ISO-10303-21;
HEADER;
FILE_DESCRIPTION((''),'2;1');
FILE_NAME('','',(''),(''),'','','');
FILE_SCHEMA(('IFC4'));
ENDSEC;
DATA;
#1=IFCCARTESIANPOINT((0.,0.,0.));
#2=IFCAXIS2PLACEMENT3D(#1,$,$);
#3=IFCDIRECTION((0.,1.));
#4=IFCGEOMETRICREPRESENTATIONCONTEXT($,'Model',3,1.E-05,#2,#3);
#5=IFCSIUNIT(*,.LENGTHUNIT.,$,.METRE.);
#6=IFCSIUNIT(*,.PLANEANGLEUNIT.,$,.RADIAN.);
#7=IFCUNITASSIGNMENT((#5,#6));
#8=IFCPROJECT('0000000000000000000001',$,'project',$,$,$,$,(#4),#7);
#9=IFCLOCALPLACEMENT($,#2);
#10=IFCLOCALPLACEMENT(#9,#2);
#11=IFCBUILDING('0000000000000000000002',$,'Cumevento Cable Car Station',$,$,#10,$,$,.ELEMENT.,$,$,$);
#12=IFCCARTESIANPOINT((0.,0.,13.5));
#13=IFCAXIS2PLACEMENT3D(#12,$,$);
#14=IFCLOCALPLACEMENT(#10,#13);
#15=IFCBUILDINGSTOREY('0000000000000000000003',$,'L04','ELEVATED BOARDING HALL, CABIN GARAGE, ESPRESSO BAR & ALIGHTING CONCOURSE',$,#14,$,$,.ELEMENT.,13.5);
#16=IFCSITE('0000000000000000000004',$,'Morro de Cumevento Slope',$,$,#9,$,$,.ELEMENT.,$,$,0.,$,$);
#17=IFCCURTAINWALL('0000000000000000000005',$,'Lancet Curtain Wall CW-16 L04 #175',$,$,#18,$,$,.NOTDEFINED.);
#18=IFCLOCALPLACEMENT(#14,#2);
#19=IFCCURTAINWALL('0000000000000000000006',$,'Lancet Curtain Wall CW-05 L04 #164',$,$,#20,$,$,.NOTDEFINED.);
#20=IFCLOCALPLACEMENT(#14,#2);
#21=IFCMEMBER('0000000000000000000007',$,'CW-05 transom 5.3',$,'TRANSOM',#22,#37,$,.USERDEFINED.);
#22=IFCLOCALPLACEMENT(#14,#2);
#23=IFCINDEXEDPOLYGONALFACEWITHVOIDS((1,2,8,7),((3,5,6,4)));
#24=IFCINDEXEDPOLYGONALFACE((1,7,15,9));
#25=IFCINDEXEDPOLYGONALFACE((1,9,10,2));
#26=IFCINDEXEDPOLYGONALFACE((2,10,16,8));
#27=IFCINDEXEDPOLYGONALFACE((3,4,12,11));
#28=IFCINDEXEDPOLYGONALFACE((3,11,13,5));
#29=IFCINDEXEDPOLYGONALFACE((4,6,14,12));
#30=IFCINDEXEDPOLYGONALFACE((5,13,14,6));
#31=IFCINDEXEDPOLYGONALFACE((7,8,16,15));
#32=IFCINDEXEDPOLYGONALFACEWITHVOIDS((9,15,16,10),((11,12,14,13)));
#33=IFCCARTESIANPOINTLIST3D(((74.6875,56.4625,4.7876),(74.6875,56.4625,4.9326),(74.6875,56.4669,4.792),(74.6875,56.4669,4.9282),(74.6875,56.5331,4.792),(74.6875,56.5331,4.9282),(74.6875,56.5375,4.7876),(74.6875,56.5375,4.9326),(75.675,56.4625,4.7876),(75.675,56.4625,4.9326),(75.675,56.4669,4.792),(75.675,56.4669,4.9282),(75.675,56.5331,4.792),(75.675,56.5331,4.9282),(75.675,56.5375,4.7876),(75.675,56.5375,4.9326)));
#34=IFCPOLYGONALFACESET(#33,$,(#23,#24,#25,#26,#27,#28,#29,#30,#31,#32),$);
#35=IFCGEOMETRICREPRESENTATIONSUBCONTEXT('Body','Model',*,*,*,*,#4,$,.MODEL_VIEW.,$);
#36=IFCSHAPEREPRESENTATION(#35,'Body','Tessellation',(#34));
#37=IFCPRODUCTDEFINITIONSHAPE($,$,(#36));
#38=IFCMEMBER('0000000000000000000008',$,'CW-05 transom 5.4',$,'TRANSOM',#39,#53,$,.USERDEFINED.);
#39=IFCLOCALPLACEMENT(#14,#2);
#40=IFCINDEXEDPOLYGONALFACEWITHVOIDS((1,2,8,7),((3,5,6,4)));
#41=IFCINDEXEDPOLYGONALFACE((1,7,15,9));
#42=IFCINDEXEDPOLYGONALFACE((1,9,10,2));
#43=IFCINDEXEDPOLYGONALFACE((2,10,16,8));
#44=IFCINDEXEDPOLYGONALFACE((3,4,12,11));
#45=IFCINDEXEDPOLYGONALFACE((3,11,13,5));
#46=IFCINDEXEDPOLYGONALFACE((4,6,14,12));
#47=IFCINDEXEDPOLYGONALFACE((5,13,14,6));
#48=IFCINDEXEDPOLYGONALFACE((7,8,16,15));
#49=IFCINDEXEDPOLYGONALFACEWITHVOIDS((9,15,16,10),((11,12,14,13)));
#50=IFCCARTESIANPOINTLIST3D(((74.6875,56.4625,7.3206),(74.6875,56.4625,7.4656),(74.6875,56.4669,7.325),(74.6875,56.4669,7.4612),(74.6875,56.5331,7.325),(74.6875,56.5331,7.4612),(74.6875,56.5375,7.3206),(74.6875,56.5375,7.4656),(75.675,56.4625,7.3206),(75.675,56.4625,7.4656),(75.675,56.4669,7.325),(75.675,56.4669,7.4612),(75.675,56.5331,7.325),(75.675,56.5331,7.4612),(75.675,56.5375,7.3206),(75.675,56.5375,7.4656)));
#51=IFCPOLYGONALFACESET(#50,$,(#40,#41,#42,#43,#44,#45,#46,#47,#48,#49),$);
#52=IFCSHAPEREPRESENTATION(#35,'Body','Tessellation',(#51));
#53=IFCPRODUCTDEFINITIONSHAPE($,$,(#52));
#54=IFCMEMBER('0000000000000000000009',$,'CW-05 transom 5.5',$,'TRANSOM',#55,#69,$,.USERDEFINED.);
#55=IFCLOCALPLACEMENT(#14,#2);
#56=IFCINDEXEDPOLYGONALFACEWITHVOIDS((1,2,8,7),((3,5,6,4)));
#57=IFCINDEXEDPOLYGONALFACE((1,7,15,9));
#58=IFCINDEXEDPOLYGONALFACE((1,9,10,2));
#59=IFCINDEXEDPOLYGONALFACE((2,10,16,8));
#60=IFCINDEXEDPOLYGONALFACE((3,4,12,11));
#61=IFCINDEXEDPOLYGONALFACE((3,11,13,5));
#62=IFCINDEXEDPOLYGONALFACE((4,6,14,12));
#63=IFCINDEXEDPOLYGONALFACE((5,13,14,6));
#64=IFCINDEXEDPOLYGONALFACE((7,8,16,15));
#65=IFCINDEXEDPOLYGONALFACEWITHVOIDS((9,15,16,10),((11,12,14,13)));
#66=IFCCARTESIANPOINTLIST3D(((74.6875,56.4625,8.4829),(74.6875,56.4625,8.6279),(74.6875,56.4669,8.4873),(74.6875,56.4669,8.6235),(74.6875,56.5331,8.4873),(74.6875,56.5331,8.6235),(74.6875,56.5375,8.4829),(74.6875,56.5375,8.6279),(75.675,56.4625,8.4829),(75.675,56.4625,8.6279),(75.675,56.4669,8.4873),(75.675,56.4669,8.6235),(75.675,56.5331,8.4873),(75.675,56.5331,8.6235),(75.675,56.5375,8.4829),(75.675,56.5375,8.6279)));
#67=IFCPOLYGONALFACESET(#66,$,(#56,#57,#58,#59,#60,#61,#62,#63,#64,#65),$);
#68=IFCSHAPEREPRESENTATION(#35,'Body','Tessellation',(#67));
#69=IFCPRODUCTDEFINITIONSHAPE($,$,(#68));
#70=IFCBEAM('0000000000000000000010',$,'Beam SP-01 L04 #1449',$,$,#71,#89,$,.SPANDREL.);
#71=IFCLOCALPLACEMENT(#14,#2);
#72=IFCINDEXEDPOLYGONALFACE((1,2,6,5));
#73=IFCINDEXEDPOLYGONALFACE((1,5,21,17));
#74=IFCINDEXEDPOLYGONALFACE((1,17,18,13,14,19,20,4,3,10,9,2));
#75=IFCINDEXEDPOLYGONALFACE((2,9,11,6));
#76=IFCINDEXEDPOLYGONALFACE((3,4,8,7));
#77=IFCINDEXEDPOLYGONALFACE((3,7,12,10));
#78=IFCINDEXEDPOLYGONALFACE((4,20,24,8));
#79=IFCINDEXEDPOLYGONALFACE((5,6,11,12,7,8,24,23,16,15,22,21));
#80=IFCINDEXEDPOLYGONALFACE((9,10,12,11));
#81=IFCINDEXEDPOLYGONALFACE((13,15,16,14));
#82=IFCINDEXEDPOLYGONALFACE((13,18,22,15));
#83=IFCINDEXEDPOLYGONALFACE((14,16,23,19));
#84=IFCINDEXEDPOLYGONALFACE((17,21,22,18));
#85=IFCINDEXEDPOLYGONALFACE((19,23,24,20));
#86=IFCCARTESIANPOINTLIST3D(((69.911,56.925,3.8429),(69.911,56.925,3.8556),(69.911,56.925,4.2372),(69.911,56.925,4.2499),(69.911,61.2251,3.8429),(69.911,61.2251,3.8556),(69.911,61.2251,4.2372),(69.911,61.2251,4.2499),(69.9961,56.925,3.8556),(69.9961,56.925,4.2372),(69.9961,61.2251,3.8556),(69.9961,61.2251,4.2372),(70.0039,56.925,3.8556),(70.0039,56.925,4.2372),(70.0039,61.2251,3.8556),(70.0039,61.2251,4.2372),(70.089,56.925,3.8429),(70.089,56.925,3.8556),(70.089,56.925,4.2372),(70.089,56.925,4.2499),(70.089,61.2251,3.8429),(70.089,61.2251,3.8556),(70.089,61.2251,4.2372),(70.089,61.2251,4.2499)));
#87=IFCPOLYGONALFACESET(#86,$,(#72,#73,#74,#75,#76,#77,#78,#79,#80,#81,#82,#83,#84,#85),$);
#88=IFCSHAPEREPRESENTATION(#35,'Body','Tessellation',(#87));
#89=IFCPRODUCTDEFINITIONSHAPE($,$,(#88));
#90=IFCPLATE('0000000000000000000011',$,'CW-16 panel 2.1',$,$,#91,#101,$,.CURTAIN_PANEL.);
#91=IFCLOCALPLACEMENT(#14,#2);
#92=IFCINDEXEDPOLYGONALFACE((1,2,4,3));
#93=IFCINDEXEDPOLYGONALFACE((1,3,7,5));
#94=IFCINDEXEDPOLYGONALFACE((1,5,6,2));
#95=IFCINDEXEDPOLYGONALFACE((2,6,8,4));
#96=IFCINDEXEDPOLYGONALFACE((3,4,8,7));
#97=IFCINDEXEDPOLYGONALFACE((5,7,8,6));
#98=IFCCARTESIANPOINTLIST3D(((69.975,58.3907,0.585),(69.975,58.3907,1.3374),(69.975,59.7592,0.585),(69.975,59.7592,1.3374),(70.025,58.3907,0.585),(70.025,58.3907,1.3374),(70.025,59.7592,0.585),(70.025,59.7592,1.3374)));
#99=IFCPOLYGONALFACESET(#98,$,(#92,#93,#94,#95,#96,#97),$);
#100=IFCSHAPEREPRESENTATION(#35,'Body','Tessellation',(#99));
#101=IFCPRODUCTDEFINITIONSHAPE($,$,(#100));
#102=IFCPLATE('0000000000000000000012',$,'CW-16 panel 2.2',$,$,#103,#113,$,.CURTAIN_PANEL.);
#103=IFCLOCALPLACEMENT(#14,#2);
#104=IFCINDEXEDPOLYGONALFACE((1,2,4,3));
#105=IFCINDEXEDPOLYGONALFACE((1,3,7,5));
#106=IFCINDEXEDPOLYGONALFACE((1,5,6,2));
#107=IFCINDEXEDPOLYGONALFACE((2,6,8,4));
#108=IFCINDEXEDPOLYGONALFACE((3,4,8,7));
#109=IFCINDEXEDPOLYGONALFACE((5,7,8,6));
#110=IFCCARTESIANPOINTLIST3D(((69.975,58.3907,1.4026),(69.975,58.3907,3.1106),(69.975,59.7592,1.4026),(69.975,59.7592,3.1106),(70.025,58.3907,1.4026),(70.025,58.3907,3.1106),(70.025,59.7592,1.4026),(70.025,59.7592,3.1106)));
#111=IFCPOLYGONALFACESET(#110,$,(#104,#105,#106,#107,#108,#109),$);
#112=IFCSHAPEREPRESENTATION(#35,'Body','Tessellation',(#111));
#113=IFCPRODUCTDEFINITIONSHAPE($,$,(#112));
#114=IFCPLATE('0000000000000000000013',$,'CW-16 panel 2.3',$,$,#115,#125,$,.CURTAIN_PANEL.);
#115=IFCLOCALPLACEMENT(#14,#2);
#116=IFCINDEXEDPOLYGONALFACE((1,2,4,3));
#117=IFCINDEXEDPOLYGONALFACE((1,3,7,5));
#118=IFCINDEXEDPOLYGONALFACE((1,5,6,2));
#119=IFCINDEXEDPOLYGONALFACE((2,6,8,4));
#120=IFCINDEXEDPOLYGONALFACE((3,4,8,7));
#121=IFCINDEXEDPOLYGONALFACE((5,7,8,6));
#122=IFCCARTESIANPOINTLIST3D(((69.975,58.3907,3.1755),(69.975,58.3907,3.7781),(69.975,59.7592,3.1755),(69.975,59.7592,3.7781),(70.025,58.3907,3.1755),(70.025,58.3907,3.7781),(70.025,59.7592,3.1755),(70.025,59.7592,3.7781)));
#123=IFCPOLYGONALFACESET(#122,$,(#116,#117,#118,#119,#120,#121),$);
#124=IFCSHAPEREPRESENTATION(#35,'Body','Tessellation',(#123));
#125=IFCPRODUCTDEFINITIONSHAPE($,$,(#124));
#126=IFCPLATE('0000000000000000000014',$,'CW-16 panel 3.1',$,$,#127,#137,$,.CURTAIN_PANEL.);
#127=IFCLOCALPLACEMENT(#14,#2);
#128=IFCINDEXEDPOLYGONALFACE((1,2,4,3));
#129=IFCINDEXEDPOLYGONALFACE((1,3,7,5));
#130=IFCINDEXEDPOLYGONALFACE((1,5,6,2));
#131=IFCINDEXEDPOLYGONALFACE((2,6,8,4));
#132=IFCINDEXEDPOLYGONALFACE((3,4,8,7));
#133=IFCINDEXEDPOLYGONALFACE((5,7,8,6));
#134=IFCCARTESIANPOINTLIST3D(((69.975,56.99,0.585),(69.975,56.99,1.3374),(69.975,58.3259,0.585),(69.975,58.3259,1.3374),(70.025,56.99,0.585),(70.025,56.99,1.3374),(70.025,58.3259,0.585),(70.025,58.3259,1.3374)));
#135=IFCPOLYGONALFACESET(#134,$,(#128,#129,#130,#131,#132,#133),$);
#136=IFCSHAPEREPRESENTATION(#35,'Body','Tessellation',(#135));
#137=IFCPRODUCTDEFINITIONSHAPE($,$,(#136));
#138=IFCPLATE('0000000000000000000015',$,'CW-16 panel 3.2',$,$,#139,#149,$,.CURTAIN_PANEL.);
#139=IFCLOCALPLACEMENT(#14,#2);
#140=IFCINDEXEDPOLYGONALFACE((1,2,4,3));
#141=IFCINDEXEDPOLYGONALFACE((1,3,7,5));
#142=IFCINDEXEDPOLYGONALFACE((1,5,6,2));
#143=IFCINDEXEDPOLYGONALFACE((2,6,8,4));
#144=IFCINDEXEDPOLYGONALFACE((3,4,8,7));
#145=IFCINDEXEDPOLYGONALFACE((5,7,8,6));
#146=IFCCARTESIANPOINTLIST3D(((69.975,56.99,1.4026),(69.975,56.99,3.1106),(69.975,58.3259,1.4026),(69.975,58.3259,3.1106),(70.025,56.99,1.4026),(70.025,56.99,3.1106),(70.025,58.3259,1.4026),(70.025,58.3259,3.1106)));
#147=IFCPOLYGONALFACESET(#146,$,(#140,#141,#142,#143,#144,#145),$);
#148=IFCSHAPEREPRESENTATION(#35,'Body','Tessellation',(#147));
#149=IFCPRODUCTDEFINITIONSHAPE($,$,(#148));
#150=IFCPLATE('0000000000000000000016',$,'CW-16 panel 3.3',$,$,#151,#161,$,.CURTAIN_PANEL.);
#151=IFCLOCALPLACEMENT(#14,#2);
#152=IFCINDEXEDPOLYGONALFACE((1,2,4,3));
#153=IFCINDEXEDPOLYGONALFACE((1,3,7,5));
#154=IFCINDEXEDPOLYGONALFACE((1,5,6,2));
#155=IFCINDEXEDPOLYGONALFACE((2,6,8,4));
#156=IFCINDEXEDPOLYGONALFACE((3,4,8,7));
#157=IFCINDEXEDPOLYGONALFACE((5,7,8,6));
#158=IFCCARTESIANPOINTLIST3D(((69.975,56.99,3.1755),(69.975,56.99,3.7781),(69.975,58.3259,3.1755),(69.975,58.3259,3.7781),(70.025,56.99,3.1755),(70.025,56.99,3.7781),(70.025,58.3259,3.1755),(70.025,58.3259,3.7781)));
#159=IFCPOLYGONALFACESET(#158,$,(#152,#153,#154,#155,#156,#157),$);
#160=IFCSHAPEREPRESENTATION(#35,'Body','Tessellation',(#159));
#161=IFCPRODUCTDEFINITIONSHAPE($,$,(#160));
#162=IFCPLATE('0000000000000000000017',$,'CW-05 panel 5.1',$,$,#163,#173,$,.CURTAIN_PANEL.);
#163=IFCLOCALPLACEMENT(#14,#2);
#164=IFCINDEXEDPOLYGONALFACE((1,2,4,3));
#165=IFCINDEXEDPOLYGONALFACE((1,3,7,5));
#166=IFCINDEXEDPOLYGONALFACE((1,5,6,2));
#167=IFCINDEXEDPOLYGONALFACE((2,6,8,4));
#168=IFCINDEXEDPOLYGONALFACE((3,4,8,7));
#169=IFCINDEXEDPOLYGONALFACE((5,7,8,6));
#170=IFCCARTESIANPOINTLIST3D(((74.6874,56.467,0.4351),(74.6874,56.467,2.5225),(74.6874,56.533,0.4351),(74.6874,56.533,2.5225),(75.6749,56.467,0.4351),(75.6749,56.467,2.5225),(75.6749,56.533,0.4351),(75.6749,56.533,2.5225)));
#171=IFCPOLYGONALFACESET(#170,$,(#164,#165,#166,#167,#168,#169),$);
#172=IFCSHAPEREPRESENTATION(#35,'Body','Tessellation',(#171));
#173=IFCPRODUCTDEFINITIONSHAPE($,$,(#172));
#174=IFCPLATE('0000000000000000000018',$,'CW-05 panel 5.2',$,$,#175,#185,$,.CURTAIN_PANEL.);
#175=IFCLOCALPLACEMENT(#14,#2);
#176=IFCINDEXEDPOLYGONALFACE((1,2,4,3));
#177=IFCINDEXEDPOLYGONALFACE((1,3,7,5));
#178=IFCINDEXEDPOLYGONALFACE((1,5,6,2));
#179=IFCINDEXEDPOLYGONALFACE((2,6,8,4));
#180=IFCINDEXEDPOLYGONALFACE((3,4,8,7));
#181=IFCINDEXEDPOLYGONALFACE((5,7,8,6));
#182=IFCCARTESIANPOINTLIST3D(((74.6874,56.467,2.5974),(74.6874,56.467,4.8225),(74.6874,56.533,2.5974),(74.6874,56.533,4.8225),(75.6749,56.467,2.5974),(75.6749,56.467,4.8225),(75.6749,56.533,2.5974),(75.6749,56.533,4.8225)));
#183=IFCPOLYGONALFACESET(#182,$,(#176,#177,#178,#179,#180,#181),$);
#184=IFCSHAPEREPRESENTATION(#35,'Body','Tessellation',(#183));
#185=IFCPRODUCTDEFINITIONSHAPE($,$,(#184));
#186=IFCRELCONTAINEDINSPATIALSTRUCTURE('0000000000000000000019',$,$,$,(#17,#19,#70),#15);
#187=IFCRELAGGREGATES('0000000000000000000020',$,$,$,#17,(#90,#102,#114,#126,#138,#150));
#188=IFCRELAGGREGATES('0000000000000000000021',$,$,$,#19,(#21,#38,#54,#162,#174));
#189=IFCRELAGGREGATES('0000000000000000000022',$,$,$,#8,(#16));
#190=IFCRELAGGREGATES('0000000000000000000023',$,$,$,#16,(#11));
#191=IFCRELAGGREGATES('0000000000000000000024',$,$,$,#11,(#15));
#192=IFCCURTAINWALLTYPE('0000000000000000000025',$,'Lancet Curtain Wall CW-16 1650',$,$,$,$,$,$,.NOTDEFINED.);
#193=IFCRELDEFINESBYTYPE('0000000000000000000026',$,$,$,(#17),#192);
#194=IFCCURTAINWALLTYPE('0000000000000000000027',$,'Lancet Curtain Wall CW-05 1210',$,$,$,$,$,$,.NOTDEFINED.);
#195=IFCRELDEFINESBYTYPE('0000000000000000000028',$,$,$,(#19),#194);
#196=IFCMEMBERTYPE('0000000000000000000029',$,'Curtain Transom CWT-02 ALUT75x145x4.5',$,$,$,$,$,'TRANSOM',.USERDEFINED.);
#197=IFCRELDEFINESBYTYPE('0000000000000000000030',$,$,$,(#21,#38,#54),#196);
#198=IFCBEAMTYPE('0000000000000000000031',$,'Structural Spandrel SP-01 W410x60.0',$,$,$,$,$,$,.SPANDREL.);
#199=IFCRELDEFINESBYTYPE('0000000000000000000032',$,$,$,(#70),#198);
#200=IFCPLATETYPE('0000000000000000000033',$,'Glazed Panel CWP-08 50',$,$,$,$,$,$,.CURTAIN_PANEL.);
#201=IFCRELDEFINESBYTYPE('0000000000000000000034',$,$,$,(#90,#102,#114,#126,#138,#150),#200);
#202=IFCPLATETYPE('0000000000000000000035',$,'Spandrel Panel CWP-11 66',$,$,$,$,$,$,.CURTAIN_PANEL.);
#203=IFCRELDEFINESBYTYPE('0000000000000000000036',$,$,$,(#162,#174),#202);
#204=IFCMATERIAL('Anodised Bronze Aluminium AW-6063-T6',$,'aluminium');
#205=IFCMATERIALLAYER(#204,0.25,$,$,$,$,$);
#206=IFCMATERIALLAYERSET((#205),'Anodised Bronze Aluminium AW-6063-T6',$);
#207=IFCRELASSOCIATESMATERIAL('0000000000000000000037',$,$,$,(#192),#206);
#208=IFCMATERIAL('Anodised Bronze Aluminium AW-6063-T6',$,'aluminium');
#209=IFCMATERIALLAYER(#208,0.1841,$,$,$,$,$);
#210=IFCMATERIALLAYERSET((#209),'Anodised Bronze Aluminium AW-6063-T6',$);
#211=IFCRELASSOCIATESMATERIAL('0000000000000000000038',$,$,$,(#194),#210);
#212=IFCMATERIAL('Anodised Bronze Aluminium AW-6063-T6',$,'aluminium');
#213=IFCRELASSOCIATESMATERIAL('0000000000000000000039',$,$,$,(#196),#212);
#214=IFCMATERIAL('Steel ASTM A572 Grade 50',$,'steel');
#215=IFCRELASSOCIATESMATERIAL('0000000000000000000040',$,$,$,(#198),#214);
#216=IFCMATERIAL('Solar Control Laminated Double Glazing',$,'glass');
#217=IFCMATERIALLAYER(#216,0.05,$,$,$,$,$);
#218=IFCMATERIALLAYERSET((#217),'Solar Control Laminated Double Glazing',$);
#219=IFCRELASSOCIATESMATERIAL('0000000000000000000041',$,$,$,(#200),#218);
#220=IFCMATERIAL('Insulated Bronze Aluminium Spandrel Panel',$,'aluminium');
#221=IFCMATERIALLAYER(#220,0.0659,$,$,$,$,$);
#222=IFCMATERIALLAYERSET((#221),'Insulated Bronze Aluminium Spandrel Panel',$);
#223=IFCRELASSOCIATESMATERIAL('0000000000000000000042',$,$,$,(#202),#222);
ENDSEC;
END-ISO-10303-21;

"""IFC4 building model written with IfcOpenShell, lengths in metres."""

from ifc_helpers import new_model, si_unit, direction, frame, origin, origin_2d, place, context, subcontext, project, spatial, rectangle, hollow_rectangle, i_section, extrude, material, layer, layer_set, material_profile, profile_set, type_object, element, aggregate, save


model = new_model("IFC4")

# Units and contexts
model_context = context("Model", 3, precision=1e-05, world=origin(), true_north=direction((0.0, 1.0)))
body_context = subcontext(model_context, "Body", "Model", "MODEL_VIEW")
ifc_project = project(units=[si_unit("LENGTHUNIT", "METRE"), si_unit("PLANEANGLEUNIT", "RADIAN")], contexts=[model_context])

# Site, building, storey
site_placement = place(None, origin())
site = spatial("IfcSite", under=ifc_project, at=site_placement, Name="Morro de Cumevento Slope", CompositionType="ELEMENT", RefElevation=0.0)
building_placement = place(site_placement, origin())
building = spatial("IfcBuilding", under=site, at=building_placement, Name="Cumevento Cable Car Station", CompositionType="ELEMENT")
storey_placement = place(building_placement, frame((0.0, 0.0, 13.5)))
storey = spatial("IfcBuildingStorey", under=building, at=storey_placement, Name="L04", Description="ELEVATED BOARDING HALL, CABIN GARAGE, ESPRESSO BAR & ALIGHTING CONCOURSE", CompositionType="ELEMENT", Elevation=13.5)

# Curtain wall
ifc_material_1 = material(Name="Anodised Bronze Aluminium AW-6063-T6", Category="aluminium")
ifc_layer_1 = layer(ifc_material_1, 0.25)
ifc_layer_set_1 = layer_set([ifc_layer_1], Name="Anodised Bronze Aluminium AW-6063-T6")
curtain_wall_type_1 = type_object("IfcCurtainWallType", Name="Lancet Curtain Wall CW-16 1650", PredefinedType="NOTDEFINED", material=ifc_layer_set_1)
curtain_wall_1_placement = place(storey_placement, origin())
curtain_wall_1 = element("IfcCurtainWall", 1, at=curtain_wall_1_placement, inside=storey, type_object=curtain_wall_type_1, Name="Lancet Curtain Wall CW-16 L04 #175", PredefinedType="NOTDEFINED")

# Curtain wall
ifc_material_2 = material(Name="Anodised Bronze Aluminium AW-6063-T6", Category="aluminium")
ifc_layer_2 = layer(ifc_material_2, 0.1841)
ifc_layer_set_2 = layer_set([ifc_layer_2], Name="Anodised Bronze Aluminium AW-6063-T6")
curtain_wall_type_2 = type_object("IfcCurtainWallType", Name="Lancet Curtain Wall CW-05 1210", PredefinedType="NOTDEFINED", material=ifc_layer_set_2)
curtain_wall_2_placement = place(storey_placement, origin())
curtain_wall_2 = element("IfcCurtainWall", 2, at=curtain_wall_2_placement, inside=storey, type_object=curtain_wall_type_2, Name="Lancet Curtain Wall CW-05 L04 #164", PredefinedType="NOTDEFINED")

# Members
ifc_material_3 = material(Name="Anodised Bronze Aluminium AW-6063-T6", Category="aluminium")
ifc_material_profile_1 = material_profile(ifc_material_3, hollow_rectangle(XDim=0.075, YDim=0.145, WallThickness=0.0044, at=origin_2d()), Name="ALUT75x145x4.5")
ifc_profile_set_1 = profile_set([ifc_material_profile_1], Name="Anodised Bronze Aluminium AW-6063-T6")
member_type_1 = type_object("IfcMemberType", Name="Curtain Transom CWT-02 ALUT75x145x4.5", ElementType="TRANSOM", PredefinedType="USERDEFINED", material=ifc_profile_set_1)
member_1_placement = place(storey_placement, frame((74.6875, 56.5, 4.8601), z_axis=(1.0, 0.0, 0.0), x_axis=(0.0, 1.0, 0.0)))
member_1 = element("IfcMember", 3, at=member_1_placement, type_object=member_type_1, Name="CW-05 transom 5.3", ObjectType="TRANSOM", PredefinedType="USERDEFINED", context=body_context, shape_type="SweptSolid", body=[
    extrude(hollow_rectangle(XDim=0.075, YDim=0.145, WallThickness=0.0044, at=origin_2d()), origin(), (0.0, 0.0, 1.0), 0.9875),
])
member_2_placement = place(storey_placement, frame((74.6875, 56.5, 7.3931), z_axis=(1.0, 0.0, 0.0), x_axis=(0.0, 1.0, 0.0)))
member_2 = element("IfcMember", 4, at=member_2_placement, type_object=member_type_1, Name="CW-05 transom 5.4", ObjectType="TRANSOM", PredefinedType="USERDEFINED", context=body_context, shape_type="SweptSolid", body=[
    extrude(hollow_rectangle(XDim=0.075, YDim=0.145, WallThickness=0.0044, at=origin_2d()), origin(), (0.0, 0.0, 1.0), 0.9875),
])
member_3_placement = place(storey_placement, frame((74.6875, 56.5, 8.5554), z_axis=(1.0, 0.0, 0.0), x_axis=(0.0, 1.0, 0.0)))
member_3 = element("IfcMember", 5, at=member_3_placement, type_object=member_type_1, Name="CW-05 transom 5.5", ObjectType="TRANSOM", PredefinedType="USERDEFINED", context=body_context, shape_type="SweptSolid", body=[
    extrude(hollow_rectangle(XDim=0.075, YDim=0.145, WallThickness=0.0044, at=origin_2d()), origin(), (0.0, 0.0, 1.0), 0.9875),
])

# Beam
ifc_material_4 = material(Name="Steel ASTM A572 Grade 50", Category="steel")
ifc_material_profile_2 = material_profile(ifc_material_4, i_section(OverallWidth=0.178, OverallDepth=0.407, WebThickness=0.0078, FlangeThickness=0.0127, at=origin_2d()), Name="W410x60.0")
ifc_profile_set_2 = profile_set([ifc_material_profile_2], Name="Steel ASTM A572 Grade 50")
beam_type = type_object("IfcBeamType", Name="Structural Spandrel SP-01 W410x60.0", PredefinedType="SPANDREL", material=ifc_profile_set_2)
beam_placement = place(storey_placement, frame((70.0, 56.925, 4.0464), z_axis=(0.0, 1.0, 0.0), x_axis=(-1.0, 0.0, 0.0)))
element("IfcBeam", 6, at=beam_placement, inside=storey, type_object=beam_type, Name="Beam SP-01 L04 #1449", PredefinedType="SPANDREL", context=body_context, shape_type="SweptSolid", body=[
    extrude(i_section(OverallWidth=0.178, OverallDepth=0.407, WebThickness=0.0078, FlangeThickness=0.0127, at=origin_2d()), origin(), (0.0, 0.0, 1.0), 4.3),
])

# Plates
ifc_material_5 = material(Name="Solar Control Laminated Double Glazing", Category="glass")
ifc_layer_3 = layer(ifc_material_5, 0.05)
ifc_layer_set_3 = layer_set([ifc_layer_3], Name="Solar Control Laminated Double Glazing")
plate_type_1 = type_object("IfcPlateType", Name="Glazed Panel CWP-08 50", PredefinedType="CURTAIN_PANEL", material=ifc_layer_set_3)
plate_1_placement = place(storey_placement, frame((70.0, 59.075, 0.585), z_axis=(0.0, 0.0, 1.0), x_axis=(0.0, -1.0, 0.0)))
plate_1 = element("IfcPlate", 7, at=plate_1_placement, type_object=plate_type_1, Name="CW-16 panel 2.1", PredefinedType="CURTAIN_PANEL", context=body_context, shape_type="SweptSolid", body=[
    extrude(rectangle(XDim=1.3684, YDim=0.05, at=origin_2d()), origin(), (0.0, 0.0, 1.0), 0.7524),
])
plate_2_placement = place(storey_placement, frame((70.0, 59.075, 1.4026), z_axis=(0.0, 0.0, 1.0), x_axis=(0.0, -1.0, 0.0)))
plate_2 = element("IfcPlate", 8, at=plate_2_placement, type_object=plate_type_1, Name="CW-16 panel 2.2", PredefinedType="CURTAIN_PANEL", context=body_context, shape_type="SweptSolid", body=[
    extrude(rectangle(XDim=1.3684, YDim=0.05, at=origin_2d()), origin(), (0.0, 0.0, 1.0), 1.708),
])
plate_3_placement = place(storey_placement, frame((70.0, 59.075, 3.1755), z_axis=(0.0, 0.0, 1.0), x_axis=(0.0, -1.0, 0.0)))
plate_3 = element("IfcPlate", 9, at=plate_3_placement, type_object=plate_type_1, Name="CW-16 panel 2.3", PredefinedType="CURTAIN_PANEL", context=body_context, shape_type="SweptSolid", body=[
    extrude(rectangle(XDim=1.3684, YDim=0.05, at=origin_2d()), origin(), (0.0, 0.0, 1.0), 0.6025),
])
plate_4_placement = place(storey_placement, frame((70.0, 57.658, 0.585), z_axis=(0.0, 0.0, 1.0), x_axis=(0.0, -1.0, 0.0)))
plate_4 = element("IfcPlate", 10, at=plate_4_placement, type_object=plate_type_1, Name="CW-16 panel 3.1", PredefinedType="CURTAIN_PANEL", context=body_context, shape_type="SweptSolid", body=[
    extrude(rectangle(XDim=1.3359, YDim=0.05, at=origin_2d()), origin(), (0.0, 0.0, 1.0), 0.7524),
])
plate_5_placement = place(storey_placement, frame((70.0, 57.658, 1.4026), z_axis=(0.0, 0.0, 1.0), x_axis=(0.0, -1.0, 0.0)))
plate_5 = element("IfcPlate", 11, at=plate_5_placement, type_object=plate_type_1, Name="CW-16 panel 3.2", PredefinedType="CURTAIN_PANEL", context=body_context, shape_type="SweptSolid", body=[
    extrude(rectangle(XDim=1.3359, YDim=0.05, at=origin_2d()), origin(), (0.0, 0.0, 1.0), 1.708),
])
plate_6_placement = place(storey_placement, frame((70.0, 57.658, 3.1755), z_axis=(0.0, 0.0, 1.0), x_axis=(0.0, -1.0, 0.0)))
plate_6 = element("IfcPlate", 12, at=plate_6_placement, type_object=plate_type_1, Name="CW-16 panel 3.3", PredefinedType="CURTAIN_PANEL", context=body_context, shape_type="SweptSolid", body=[
    extrude(rectangle(XDim=1.3359, YDim=0.05, at=origin_2d()), origin(), (0.0, 0.0, 1.0), 0.6025),
])
aggregate(curtain_wall_1, [plate_1, plate_2, plate_3, plate_4, plate_5, plate_6])
ifc_material_6 = material(Name="Insulated Bronze Aluminium Spandrel Panel", Category="aluminium")
ifc_layer_4 = layer(ifc_material_6, 0.0659)
ifc_layer_set_4 = layer_set([ifc_layer_4], Name="Insulated Bronze Aluminium Spandrel Panel")
plate_type_2 = type_object("IfcPlateType", Name="Spandrel Panel CWP-11 66", PredefinedType="CURTAIN_PANEL", material=ifc_layer_set_4)
plate_7_placement = place(storey_placement, frame((75.1812, 56.5, 0.4351), z_axis=(0.0, 0.0, 1.0), x_axis=(1.0, 0.0, 0.0)))
plate_7 = element("IfcPlate", 13, at=plate_7_placement, type_object=plate_type_2, Name="CW-05 panel 5.1", PredefinedType="CURTAIN_PANEL", context=body_context, shape_type="SweptSolid", body=[
    extrude(rectangle(XDim=0.9875, YDim=0.0659, at=origin_2d()), origin(), (0.0, 0.0, 1.0), 2.0874),
])
plate_8_placement = place(storey_placement, frame((75.1812, 56.5, 2.5974), z_axis=(0.0, 0.0, 1.0), x_axis=(1.0, 0.0, 0.0)))
plate_8 = element("IfcPlate", 14, at=plate_8_placement, type_object=plate_type_2, Name="CW-05 panel 5.2", PredefinedType="CURTAIN_PANEL", context=body_context, shape_type="SweptSolid", body=[
    extrude(rectangle(XDim=0.9875, YDim=0.0659, at=origin_2d()), origin(), (0.0, 0.0, 1.0), 2.2251),
])
aggregate(curtain_wall_2, [member_1, member_2, member_3, plate_7, plate_8])

save(model, "model.ifc")
